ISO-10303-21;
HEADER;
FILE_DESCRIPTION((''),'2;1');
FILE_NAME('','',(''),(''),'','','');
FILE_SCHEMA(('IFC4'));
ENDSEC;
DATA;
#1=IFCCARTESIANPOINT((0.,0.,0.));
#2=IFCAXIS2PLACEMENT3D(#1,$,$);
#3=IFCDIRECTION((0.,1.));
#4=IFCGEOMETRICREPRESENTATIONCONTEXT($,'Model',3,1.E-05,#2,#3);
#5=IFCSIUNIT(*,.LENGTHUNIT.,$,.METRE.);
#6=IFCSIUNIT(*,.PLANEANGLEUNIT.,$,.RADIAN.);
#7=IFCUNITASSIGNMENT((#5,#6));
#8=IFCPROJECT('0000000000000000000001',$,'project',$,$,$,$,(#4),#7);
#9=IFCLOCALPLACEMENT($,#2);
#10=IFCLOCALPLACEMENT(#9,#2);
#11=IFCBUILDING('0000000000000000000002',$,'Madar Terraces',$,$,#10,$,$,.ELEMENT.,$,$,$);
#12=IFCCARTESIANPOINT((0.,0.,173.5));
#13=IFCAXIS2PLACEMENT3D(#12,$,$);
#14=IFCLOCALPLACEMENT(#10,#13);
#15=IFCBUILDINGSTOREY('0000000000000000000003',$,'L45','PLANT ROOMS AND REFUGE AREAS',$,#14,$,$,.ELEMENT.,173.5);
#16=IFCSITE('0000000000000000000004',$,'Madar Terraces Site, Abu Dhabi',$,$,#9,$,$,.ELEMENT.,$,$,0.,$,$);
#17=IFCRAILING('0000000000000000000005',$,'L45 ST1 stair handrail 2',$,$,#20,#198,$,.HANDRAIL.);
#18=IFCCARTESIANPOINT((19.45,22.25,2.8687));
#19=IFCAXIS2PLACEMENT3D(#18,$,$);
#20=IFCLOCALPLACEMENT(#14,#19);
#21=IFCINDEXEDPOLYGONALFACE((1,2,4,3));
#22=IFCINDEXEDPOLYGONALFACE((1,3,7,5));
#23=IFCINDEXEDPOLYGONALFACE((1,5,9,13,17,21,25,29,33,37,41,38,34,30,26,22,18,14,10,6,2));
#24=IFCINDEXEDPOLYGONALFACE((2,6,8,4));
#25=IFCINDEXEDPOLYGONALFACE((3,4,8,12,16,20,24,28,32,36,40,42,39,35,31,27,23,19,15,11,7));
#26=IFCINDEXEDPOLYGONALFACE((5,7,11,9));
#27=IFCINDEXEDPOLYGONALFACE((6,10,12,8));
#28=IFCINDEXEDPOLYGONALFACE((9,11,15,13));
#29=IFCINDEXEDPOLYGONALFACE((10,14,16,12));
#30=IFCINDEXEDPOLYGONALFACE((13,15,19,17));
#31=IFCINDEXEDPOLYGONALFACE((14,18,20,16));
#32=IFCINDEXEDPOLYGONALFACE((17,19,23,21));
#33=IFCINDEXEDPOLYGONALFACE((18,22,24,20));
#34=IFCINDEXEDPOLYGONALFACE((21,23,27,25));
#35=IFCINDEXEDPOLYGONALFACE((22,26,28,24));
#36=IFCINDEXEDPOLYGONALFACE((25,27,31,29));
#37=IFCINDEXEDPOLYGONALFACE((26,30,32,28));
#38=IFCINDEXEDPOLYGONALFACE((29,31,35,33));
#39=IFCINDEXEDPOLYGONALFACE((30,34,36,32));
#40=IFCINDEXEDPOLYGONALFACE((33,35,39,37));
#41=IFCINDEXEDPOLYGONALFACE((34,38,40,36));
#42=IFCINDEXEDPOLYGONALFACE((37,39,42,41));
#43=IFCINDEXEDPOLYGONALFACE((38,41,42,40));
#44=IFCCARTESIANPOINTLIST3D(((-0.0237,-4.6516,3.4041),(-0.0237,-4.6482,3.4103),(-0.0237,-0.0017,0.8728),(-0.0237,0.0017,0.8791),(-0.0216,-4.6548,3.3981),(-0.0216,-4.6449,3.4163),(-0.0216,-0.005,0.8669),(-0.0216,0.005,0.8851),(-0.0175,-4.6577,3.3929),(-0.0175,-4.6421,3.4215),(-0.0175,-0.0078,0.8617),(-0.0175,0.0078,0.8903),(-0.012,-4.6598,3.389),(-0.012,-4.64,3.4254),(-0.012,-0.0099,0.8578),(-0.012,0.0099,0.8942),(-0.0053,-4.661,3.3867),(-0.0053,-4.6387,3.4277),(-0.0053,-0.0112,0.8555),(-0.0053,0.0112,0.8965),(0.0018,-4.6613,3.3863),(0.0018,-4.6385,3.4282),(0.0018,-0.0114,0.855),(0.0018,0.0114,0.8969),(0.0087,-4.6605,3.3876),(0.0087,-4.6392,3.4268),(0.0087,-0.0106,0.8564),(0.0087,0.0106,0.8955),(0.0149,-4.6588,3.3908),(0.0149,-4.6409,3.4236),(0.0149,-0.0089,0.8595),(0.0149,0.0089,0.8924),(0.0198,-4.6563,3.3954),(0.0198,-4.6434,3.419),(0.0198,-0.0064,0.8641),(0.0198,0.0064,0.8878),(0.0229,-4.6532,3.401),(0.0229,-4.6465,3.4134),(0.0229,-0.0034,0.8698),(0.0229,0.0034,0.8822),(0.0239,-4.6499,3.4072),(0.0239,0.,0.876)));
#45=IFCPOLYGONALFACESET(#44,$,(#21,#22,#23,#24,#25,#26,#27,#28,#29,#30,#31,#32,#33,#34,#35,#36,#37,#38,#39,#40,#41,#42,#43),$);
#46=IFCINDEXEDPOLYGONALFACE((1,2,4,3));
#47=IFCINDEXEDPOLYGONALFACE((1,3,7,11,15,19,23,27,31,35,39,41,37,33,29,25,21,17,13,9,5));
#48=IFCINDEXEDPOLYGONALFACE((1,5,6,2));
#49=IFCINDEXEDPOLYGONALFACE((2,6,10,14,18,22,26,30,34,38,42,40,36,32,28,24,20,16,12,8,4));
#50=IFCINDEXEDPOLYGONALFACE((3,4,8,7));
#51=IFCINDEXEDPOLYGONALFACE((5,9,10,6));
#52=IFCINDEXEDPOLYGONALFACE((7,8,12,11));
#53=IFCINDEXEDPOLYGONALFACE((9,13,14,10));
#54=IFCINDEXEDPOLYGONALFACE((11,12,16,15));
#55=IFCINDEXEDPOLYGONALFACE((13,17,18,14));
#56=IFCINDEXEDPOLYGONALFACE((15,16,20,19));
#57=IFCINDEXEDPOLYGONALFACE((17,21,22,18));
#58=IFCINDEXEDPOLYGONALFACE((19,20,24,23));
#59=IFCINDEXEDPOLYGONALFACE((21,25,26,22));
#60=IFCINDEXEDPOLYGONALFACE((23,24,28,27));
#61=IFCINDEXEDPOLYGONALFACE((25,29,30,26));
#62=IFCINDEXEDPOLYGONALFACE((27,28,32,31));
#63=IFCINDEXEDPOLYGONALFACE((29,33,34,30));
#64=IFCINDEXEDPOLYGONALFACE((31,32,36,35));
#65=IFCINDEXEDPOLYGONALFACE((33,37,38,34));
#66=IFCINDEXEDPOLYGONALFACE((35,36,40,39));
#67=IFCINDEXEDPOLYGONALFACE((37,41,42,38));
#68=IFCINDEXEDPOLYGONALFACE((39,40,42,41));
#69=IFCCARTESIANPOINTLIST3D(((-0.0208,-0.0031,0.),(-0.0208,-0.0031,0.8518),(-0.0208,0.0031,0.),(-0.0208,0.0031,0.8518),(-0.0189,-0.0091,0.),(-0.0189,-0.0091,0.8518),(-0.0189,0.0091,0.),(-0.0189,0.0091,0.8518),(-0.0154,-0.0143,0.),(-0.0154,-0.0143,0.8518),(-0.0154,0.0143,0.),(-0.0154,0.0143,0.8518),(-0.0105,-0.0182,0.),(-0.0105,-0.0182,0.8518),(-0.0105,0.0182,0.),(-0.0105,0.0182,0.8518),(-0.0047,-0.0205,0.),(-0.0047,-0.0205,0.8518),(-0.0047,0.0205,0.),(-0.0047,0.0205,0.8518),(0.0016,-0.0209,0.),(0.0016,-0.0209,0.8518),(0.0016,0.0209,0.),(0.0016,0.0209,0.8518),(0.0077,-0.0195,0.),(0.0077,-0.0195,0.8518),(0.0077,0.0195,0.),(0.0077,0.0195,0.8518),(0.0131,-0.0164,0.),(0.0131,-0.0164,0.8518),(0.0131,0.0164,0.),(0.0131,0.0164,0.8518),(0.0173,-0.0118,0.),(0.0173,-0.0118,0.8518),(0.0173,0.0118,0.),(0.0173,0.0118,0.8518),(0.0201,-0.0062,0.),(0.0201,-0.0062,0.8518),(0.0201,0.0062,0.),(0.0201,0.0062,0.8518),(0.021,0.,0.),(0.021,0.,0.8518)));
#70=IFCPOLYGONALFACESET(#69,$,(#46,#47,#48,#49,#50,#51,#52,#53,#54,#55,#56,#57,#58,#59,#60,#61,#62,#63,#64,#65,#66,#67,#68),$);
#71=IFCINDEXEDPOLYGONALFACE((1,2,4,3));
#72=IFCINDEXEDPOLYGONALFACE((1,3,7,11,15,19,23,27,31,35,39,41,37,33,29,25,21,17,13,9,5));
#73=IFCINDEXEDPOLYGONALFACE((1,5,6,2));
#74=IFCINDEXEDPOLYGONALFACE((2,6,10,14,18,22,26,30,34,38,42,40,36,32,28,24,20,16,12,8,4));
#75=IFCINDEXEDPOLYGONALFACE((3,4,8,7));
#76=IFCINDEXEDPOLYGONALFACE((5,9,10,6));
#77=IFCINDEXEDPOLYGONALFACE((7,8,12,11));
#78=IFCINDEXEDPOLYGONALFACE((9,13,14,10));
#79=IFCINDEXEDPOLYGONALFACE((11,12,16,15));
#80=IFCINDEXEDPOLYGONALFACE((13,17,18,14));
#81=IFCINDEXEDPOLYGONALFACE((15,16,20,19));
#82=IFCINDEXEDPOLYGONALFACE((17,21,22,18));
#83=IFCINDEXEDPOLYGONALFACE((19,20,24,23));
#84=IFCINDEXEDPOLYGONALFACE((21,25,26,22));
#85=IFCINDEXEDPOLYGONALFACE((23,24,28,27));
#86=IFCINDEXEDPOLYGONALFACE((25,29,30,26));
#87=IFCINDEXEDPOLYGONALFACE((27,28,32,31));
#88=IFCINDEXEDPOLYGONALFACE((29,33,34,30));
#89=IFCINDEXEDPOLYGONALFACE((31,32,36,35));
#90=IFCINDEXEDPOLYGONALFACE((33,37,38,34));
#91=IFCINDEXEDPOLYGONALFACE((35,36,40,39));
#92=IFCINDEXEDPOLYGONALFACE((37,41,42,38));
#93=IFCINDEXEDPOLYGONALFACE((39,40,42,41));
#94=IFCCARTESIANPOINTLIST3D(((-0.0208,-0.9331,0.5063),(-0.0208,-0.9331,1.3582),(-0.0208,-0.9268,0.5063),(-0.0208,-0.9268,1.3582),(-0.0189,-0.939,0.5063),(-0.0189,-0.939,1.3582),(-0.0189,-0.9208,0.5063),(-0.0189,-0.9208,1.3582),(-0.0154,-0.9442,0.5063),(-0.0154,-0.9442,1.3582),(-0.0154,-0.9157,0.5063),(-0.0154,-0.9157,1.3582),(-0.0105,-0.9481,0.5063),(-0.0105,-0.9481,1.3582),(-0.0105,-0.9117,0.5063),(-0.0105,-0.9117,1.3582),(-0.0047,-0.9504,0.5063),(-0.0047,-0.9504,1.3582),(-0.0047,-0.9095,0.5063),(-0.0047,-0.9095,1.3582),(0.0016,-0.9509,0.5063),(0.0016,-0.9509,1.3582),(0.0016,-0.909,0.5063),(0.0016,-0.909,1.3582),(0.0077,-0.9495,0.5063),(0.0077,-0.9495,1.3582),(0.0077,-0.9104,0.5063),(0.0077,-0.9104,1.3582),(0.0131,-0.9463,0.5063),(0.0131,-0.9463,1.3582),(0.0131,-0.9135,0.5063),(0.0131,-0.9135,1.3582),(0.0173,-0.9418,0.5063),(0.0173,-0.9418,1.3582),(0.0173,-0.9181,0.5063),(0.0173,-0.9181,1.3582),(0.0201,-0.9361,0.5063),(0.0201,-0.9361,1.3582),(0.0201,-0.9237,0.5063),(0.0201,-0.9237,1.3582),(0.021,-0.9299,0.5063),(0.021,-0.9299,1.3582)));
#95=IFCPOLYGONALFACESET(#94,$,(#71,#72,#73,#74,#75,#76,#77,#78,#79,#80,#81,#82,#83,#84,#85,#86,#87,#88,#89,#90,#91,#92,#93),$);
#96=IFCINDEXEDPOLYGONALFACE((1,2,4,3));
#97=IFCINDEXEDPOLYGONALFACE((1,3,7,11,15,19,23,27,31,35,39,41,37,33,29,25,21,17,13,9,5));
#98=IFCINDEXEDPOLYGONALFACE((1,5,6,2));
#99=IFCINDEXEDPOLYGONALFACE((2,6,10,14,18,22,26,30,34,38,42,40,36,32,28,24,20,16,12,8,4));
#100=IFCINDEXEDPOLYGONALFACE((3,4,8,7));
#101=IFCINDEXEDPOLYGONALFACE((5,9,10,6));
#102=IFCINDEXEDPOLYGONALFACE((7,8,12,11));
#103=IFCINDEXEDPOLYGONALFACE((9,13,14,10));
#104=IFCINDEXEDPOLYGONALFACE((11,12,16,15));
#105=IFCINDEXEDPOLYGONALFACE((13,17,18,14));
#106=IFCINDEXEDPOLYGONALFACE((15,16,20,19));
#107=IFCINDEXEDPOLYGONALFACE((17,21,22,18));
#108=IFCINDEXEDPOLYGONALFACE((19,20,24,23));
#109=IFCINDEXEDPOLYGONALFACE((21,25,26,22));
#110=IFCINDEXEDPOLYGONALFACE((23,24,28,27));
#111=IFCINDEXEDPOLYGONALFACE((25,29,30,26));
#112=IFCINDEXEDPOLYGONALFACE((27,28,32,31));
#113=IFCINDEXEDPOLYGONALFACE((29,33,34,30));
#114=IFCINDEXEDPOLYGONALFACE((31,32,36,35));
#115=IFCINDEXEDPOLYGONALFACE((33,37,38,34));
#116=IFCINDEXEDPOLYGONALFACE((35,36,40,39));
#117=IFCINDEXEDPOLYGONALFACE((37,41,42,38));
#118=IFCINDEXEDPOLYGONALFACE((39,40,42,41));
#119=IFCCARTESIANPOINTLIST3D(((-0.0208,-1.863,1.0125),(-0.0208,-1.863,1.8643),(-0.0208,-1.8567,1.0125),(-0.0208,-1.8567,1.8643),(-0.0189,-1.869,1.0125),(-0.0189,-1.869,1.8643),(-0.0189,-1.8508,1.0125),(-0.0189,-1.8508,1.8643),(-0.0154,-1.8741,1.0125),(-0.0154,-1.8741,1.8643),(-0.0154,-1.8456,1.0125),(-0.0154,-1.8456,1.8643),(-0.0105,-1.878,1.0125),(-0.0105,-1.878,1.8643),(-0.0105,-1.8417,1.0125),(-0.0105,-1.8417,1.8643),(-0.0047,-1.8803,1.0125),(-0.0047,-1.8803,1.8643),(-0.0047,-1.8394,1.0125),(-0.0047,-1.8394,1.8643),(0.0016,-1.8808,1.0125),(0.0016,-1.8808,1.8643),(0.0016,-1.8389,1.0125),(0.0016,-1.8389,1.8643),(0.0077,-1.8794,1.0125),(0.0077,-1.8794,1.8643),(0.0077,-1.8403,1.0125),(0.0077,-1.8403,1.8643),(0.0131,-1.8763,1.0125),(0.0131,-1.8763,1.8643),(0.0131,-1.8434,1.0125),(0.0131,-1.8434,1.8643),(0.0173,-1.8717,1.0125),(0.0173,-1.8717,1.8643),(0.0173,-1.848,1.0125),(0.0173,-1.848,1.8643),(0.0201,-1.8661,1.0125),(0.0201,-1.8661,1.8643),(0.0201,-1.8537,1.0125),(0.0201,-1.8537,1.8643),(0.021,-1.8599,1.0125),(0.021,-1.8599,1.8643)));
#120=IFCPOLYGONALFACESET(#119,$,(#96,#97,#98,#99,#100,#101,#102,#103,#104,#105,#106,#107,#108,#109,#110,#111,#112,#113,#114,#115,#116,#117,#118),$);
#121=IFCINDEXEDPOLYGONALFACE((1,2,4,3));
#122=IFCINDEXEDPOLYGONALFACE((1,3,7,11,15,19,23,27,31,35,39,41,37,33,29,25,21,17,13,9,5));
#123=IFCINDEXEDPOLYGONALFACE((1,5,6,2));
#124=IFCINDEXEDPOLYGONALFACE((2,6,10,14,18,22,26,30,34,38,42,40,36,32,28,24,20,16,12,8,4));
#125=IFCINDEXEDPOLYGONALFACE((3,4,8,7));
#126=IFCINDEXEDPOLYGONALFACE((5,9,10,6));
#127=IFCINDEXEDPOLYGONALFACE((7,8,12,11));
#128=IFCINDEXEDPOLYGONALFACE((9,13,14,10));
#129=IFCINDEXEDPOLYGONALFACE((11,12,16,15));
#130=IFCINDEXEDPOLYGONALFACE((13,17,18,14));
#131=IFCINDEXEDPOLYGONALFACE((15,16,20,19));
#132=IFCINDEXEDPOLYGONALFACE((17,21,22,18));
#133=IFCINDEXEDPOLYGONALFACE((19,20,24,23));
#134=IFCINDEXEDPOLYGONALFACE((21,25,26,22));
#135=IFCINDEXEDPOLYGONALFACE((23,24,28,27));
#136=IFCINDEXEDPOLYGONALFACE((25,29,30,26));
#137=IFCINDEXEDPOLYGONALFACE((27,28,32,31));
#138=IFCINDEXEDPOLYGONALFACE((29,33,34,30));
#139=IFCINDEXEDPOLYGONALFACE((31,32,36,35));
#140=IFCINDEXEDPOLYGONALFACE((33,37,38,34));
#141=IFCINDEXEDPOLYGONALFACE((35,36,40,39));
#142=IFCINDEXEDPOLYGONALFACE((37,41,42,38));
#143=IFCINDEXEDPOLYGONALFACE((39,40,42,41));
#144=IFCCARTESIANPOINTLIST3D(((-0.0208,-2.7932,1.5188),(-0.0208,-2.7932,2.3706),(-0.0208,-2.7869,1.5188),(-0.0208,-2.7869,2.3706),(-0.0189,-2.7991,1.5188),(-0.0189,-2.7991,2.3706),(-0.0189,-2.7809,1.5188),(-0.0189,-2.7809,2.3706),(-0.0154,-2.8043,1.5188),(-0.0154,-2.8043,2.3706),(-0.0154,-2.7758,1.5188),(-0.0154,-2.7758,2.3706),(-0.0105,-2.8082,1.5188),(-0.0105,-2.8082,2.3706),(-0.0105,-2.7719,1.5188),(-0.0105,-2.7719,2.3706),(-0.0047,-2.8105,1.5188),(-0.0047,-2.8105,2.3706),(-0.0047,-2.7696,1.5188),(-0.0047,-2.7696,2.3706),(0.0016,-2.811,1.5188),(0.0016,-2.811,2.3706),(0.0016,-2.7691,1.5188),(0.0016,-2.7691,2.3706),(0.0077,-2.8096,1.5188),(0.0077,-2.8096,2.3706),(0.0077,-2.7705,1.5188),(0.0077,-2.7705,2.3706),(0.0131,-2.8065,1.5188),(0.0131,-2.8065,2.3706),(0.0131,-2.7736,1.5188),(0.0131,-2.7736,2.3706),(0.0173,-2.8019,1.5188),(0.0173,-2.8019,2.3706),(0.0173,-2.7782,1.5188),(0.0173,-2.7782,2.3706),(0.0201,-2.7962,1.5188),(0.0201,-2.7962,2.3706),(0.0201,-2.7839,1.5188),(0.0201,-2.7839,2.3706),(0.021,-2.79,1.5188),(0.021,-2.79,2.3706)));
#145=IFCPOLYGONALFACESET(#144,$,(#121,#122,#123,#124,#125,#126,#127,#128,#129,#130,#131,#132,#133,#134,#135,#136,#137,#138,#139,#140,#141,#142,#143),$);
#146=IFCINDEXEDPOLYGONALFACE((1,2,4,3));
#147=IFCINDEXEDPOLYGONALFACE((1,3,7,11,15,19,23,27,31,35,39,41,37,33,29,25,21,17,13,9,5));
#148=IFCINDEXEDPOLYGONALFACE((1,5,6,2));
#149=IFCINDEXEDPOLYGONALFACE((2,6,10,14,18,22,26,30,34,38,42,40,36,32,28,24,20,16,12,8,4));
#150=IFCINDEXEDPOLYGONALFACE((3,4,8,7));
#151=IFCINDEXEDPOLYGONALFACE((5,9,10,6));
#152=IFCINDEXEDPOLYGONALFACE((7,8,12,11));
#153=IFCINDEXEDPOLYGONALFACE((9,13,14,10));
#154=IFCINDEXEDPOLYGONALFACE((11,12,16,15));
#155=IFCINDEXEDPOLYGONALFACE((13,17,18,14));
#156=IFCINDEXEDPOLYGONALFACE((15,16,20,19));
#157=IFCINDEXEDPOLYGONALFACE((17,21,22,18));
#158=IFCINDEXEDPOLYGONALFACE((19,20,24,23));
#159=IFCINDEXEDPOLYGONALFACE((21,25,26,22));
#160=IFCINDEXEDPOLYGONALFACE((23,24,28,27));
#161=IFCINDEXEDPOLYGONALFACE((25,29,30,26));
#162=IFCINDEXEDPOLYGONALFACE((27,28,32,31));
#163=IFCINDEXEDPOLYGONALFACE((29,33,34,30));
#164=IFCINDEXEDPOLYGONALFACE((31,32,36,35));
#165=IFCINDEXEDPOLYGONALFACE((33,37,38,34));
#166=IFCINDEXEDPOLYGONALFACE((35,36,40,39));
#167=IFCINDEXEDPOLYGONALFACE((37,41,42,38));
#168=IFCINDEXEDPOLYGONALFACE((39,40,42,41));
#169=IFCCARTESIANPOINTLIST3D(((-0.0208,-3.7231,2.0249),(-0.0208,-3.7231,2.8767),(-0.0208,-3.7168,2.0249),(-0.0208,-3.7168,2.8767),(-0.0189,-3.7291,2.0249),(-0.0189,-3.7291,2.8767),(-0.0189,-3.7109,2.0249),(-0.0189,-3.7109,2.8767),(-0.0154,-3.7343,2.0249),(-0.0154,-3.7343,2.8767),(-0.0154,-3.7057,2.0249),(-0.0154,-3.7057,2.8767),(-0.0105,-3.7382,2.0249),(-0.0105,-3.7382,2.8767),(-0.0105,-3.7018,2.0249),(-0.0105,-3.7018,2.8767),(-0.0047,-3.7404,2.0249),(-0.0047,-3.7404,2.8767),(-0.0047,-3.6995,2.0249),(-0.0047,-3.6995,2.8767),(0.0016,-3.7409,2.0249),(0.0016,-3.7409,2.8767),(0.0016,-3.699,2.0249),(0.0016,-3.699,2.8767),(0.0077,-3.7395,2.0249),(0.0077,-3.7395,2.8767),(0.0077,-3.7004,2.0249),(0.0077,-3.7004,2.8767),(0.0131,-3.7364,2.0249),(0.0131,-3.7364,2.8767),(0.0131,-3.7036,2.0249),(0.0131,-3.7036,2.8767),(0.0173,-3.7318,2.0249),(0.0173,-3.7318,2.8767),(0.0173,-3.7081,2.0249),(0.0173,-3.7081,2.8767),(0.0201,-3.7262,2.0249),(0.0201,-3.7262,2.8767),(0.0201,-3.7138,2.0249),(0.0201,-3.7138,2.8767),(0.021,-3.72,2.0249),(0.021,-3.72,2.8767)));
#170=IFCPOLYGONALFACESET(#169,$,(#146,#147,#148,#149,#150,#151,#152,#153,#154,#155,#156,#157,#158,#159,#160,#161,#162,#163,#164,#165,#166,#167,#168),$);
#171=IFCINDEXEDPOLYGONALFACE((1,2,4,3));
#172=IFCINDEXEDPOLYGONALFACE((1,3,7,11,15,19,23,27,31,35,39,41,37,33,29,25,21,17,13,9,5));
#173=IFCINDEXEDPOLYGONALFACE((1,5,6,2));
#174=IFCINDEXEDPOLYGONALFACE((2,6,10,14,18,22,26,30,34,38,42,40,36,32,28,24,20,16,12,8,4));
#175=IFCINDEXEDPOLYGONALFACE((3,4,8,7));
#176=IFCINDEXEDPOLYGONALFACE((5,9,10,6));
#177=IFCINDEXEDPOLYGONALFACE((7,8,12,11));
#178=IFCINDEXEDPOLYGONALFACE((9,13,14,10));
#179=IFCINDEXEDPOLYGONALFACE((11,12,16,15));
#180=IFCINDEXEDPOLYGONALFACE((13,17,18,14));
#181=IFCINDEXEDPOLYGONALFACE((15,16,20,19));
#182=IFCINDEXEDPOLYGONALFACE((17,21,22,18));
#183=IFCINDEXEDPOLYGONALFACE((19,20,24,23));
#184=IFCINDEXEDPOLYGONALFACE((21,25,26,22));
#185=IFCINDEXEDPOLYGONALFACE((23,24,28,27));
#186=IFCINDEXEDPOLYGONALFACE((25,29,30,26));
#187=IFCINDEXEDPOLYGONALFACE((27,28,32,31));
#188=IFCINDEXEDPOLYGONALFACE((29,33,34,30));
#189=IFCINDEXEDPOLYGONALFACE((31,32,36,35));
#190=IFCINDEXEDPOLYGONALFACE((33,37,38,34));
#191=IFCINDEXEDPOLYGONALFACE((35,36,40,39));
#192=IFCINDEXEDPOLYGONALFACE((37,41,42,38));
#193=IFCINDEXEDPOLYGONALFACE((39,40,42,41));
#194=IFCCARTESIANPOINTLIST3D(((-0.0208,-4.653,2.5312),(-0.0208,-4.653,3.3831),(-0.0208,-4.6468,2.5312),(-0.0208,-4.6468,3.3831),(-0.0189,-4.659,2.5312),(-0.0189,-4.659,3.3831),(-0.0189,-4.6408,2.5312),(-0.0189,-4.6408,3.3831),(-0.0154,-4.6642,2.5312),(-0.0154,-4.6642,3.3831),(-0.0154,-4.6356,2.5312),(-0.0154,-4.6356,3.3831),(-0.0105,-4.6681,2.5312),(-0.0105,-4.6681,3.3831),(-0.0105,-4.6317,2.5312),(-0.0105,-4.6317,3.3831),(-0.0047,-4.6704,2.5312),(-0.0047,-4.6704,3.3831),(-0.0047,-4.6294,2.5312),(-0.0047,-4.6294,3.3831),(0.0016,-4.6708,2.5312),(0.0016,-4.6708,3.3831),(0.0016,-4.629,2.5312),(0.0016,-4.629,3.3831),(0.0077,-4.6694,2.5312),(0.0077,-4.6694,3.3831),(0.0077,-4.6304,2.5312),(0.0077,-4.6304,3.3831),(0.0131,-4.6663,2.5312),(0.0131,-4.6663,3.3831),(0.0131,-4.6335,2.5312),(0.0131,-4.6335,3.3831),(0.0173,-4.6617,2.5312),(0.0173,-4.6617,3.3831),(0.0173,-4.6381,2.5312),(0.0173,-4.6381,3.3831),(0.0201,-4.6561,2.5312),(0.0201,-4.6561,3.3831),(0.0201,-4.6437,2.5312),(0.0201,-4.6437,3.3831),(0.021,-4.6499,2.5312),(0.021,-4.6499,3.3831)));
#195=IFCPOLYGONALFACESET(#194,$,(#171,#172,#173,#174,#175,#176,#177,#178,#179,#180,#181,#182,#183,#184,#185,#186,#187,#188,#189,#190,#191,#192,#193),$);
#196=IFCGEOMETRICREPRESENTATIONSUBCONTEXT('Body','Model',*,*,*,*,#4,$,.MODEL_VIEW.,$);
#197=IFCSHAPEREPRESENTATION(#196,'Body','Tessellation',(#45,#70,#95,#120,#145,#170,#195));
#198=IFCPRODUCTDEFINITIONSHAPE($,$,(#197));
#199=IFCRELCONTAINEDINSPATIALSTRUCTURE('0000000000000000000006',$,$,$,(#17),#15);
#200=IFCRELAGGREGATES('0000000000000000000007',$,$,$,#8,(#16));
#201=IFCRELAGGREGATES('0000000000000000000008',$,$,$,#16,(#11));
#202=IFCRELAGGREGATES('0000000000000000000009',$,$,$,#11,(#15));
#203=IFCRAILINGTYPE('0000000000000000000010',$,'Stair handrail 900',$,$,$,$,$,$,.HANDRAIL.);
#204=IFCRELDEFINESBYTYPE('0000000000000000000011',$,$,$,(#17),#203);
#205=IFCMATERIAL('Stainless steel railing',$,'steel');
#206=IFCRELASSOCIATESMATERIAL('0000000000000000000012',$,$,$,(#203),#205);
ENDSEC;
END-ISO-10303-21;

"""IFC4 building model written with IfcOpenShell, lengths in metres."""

from ifc_helpers import new_model, si_unit, direction, frame, origin, origin_2d, place, context, subcontext, project, spatial, circle, extrude, material, type_object, element, save


model = new_model("IFC4")

# Units and contexts
model_context = context("Model", 3, precision=1e-05, world=origin(), true_north=direction((0.0, 1.0)))
body_context = subcontext(model_context, "Body", "Model", "MODEL_VIEW")
ifc_project = project(units=[si_unit("LENGTHUNIT", "METRE"), si_unit("PLANEANGLEUNIT", "RADIAN")], contexts=[model_context])

# Site, building, storey
site_placement = place(None, origin())
site = spatial("IfcSite", under=ifc_project, at=site_placement, Name="Madar Terraces Site, Abu Dhabi", CompositionType="ELEMENT", RefElevation=0.0)
building_placement = place(site_placement, origin())
building = spatial("IfcBuilding", under=site, at=building_placement, Name="Madar Terraces", CompositionType="ELEMENT")
storey_placement = place(building_placement, frame((0.0, 0.0, 173.5)))
storey = spatial("IfcBuildingStorey", under=building, at=storey_placement, Name="L45", Description="PLANT ROOMS AND REFUGE AREAS", CompositionType="ELEMENT", Elevation=173.5)

# Railing
ifc_material_1 = material(Name="Stainless steel railing", Category="steel")
railing_type_1 = type_object("IfcRailingType", Name="Stair handrail 900", PredefinedType="HANDRAIL", material=ifc_material_1)
railing_1_placement = place(storey_placement, frame((19.45, 22.25, 2.8687)))
element("IfcRailing", 1, at=railing_1_placement, inside=storey, type_object=railing_type_1, Name="L45 ST1 stair handrail 2", PredefinedType="HANDRAIL", context=body_context, shape_type="SweptSolid", body=[
    extrude(circle(Radius=0.0239, at=origin_2d()), frame((0.0, 0.0, 0.876), z_axis=(0.0, -0.878297, 0.478115), x_axis=(1.0, 0.0, 0.0)), (0.0, 0.0, 1.0), 5.2942),
    extrude(circle(Radius=0.021, at=origin_2d()), origin(), (0.0, 0.0, 1.0), 0.8518),
    extrude(circle(Radius=0.021, at=origin_2d()), frame((0.0, -0.9299, 0.5063)), (0.0, 0.0, 1.0), 0.8518),
    extrude(circle(Radius=0.021, at=origin_2d()), frame((0.0, -1.8599, 1.0125)), (0.0, 0.0, 1.0), 0.8518),
    extrude(circle(Radius=0.021, at=origin_2d()), frame((0.0, -2.79, 1.5188)), (0.0, 0.0, 1.0), 0.8518),
    extrude(circle(Radius=0.021, at=origin_2d()), frame((0.0, -3.72, 2.0249)), (0.0, 0.0, 1.0), 0.8518),
    extrude(circle(Radius=0.021, at=origin_2d()), frame((0.0, -4.6499, 2.5312)), (0.0, 0.0, 1.0), 0.8518),
])

save(model, "model.ifc")
